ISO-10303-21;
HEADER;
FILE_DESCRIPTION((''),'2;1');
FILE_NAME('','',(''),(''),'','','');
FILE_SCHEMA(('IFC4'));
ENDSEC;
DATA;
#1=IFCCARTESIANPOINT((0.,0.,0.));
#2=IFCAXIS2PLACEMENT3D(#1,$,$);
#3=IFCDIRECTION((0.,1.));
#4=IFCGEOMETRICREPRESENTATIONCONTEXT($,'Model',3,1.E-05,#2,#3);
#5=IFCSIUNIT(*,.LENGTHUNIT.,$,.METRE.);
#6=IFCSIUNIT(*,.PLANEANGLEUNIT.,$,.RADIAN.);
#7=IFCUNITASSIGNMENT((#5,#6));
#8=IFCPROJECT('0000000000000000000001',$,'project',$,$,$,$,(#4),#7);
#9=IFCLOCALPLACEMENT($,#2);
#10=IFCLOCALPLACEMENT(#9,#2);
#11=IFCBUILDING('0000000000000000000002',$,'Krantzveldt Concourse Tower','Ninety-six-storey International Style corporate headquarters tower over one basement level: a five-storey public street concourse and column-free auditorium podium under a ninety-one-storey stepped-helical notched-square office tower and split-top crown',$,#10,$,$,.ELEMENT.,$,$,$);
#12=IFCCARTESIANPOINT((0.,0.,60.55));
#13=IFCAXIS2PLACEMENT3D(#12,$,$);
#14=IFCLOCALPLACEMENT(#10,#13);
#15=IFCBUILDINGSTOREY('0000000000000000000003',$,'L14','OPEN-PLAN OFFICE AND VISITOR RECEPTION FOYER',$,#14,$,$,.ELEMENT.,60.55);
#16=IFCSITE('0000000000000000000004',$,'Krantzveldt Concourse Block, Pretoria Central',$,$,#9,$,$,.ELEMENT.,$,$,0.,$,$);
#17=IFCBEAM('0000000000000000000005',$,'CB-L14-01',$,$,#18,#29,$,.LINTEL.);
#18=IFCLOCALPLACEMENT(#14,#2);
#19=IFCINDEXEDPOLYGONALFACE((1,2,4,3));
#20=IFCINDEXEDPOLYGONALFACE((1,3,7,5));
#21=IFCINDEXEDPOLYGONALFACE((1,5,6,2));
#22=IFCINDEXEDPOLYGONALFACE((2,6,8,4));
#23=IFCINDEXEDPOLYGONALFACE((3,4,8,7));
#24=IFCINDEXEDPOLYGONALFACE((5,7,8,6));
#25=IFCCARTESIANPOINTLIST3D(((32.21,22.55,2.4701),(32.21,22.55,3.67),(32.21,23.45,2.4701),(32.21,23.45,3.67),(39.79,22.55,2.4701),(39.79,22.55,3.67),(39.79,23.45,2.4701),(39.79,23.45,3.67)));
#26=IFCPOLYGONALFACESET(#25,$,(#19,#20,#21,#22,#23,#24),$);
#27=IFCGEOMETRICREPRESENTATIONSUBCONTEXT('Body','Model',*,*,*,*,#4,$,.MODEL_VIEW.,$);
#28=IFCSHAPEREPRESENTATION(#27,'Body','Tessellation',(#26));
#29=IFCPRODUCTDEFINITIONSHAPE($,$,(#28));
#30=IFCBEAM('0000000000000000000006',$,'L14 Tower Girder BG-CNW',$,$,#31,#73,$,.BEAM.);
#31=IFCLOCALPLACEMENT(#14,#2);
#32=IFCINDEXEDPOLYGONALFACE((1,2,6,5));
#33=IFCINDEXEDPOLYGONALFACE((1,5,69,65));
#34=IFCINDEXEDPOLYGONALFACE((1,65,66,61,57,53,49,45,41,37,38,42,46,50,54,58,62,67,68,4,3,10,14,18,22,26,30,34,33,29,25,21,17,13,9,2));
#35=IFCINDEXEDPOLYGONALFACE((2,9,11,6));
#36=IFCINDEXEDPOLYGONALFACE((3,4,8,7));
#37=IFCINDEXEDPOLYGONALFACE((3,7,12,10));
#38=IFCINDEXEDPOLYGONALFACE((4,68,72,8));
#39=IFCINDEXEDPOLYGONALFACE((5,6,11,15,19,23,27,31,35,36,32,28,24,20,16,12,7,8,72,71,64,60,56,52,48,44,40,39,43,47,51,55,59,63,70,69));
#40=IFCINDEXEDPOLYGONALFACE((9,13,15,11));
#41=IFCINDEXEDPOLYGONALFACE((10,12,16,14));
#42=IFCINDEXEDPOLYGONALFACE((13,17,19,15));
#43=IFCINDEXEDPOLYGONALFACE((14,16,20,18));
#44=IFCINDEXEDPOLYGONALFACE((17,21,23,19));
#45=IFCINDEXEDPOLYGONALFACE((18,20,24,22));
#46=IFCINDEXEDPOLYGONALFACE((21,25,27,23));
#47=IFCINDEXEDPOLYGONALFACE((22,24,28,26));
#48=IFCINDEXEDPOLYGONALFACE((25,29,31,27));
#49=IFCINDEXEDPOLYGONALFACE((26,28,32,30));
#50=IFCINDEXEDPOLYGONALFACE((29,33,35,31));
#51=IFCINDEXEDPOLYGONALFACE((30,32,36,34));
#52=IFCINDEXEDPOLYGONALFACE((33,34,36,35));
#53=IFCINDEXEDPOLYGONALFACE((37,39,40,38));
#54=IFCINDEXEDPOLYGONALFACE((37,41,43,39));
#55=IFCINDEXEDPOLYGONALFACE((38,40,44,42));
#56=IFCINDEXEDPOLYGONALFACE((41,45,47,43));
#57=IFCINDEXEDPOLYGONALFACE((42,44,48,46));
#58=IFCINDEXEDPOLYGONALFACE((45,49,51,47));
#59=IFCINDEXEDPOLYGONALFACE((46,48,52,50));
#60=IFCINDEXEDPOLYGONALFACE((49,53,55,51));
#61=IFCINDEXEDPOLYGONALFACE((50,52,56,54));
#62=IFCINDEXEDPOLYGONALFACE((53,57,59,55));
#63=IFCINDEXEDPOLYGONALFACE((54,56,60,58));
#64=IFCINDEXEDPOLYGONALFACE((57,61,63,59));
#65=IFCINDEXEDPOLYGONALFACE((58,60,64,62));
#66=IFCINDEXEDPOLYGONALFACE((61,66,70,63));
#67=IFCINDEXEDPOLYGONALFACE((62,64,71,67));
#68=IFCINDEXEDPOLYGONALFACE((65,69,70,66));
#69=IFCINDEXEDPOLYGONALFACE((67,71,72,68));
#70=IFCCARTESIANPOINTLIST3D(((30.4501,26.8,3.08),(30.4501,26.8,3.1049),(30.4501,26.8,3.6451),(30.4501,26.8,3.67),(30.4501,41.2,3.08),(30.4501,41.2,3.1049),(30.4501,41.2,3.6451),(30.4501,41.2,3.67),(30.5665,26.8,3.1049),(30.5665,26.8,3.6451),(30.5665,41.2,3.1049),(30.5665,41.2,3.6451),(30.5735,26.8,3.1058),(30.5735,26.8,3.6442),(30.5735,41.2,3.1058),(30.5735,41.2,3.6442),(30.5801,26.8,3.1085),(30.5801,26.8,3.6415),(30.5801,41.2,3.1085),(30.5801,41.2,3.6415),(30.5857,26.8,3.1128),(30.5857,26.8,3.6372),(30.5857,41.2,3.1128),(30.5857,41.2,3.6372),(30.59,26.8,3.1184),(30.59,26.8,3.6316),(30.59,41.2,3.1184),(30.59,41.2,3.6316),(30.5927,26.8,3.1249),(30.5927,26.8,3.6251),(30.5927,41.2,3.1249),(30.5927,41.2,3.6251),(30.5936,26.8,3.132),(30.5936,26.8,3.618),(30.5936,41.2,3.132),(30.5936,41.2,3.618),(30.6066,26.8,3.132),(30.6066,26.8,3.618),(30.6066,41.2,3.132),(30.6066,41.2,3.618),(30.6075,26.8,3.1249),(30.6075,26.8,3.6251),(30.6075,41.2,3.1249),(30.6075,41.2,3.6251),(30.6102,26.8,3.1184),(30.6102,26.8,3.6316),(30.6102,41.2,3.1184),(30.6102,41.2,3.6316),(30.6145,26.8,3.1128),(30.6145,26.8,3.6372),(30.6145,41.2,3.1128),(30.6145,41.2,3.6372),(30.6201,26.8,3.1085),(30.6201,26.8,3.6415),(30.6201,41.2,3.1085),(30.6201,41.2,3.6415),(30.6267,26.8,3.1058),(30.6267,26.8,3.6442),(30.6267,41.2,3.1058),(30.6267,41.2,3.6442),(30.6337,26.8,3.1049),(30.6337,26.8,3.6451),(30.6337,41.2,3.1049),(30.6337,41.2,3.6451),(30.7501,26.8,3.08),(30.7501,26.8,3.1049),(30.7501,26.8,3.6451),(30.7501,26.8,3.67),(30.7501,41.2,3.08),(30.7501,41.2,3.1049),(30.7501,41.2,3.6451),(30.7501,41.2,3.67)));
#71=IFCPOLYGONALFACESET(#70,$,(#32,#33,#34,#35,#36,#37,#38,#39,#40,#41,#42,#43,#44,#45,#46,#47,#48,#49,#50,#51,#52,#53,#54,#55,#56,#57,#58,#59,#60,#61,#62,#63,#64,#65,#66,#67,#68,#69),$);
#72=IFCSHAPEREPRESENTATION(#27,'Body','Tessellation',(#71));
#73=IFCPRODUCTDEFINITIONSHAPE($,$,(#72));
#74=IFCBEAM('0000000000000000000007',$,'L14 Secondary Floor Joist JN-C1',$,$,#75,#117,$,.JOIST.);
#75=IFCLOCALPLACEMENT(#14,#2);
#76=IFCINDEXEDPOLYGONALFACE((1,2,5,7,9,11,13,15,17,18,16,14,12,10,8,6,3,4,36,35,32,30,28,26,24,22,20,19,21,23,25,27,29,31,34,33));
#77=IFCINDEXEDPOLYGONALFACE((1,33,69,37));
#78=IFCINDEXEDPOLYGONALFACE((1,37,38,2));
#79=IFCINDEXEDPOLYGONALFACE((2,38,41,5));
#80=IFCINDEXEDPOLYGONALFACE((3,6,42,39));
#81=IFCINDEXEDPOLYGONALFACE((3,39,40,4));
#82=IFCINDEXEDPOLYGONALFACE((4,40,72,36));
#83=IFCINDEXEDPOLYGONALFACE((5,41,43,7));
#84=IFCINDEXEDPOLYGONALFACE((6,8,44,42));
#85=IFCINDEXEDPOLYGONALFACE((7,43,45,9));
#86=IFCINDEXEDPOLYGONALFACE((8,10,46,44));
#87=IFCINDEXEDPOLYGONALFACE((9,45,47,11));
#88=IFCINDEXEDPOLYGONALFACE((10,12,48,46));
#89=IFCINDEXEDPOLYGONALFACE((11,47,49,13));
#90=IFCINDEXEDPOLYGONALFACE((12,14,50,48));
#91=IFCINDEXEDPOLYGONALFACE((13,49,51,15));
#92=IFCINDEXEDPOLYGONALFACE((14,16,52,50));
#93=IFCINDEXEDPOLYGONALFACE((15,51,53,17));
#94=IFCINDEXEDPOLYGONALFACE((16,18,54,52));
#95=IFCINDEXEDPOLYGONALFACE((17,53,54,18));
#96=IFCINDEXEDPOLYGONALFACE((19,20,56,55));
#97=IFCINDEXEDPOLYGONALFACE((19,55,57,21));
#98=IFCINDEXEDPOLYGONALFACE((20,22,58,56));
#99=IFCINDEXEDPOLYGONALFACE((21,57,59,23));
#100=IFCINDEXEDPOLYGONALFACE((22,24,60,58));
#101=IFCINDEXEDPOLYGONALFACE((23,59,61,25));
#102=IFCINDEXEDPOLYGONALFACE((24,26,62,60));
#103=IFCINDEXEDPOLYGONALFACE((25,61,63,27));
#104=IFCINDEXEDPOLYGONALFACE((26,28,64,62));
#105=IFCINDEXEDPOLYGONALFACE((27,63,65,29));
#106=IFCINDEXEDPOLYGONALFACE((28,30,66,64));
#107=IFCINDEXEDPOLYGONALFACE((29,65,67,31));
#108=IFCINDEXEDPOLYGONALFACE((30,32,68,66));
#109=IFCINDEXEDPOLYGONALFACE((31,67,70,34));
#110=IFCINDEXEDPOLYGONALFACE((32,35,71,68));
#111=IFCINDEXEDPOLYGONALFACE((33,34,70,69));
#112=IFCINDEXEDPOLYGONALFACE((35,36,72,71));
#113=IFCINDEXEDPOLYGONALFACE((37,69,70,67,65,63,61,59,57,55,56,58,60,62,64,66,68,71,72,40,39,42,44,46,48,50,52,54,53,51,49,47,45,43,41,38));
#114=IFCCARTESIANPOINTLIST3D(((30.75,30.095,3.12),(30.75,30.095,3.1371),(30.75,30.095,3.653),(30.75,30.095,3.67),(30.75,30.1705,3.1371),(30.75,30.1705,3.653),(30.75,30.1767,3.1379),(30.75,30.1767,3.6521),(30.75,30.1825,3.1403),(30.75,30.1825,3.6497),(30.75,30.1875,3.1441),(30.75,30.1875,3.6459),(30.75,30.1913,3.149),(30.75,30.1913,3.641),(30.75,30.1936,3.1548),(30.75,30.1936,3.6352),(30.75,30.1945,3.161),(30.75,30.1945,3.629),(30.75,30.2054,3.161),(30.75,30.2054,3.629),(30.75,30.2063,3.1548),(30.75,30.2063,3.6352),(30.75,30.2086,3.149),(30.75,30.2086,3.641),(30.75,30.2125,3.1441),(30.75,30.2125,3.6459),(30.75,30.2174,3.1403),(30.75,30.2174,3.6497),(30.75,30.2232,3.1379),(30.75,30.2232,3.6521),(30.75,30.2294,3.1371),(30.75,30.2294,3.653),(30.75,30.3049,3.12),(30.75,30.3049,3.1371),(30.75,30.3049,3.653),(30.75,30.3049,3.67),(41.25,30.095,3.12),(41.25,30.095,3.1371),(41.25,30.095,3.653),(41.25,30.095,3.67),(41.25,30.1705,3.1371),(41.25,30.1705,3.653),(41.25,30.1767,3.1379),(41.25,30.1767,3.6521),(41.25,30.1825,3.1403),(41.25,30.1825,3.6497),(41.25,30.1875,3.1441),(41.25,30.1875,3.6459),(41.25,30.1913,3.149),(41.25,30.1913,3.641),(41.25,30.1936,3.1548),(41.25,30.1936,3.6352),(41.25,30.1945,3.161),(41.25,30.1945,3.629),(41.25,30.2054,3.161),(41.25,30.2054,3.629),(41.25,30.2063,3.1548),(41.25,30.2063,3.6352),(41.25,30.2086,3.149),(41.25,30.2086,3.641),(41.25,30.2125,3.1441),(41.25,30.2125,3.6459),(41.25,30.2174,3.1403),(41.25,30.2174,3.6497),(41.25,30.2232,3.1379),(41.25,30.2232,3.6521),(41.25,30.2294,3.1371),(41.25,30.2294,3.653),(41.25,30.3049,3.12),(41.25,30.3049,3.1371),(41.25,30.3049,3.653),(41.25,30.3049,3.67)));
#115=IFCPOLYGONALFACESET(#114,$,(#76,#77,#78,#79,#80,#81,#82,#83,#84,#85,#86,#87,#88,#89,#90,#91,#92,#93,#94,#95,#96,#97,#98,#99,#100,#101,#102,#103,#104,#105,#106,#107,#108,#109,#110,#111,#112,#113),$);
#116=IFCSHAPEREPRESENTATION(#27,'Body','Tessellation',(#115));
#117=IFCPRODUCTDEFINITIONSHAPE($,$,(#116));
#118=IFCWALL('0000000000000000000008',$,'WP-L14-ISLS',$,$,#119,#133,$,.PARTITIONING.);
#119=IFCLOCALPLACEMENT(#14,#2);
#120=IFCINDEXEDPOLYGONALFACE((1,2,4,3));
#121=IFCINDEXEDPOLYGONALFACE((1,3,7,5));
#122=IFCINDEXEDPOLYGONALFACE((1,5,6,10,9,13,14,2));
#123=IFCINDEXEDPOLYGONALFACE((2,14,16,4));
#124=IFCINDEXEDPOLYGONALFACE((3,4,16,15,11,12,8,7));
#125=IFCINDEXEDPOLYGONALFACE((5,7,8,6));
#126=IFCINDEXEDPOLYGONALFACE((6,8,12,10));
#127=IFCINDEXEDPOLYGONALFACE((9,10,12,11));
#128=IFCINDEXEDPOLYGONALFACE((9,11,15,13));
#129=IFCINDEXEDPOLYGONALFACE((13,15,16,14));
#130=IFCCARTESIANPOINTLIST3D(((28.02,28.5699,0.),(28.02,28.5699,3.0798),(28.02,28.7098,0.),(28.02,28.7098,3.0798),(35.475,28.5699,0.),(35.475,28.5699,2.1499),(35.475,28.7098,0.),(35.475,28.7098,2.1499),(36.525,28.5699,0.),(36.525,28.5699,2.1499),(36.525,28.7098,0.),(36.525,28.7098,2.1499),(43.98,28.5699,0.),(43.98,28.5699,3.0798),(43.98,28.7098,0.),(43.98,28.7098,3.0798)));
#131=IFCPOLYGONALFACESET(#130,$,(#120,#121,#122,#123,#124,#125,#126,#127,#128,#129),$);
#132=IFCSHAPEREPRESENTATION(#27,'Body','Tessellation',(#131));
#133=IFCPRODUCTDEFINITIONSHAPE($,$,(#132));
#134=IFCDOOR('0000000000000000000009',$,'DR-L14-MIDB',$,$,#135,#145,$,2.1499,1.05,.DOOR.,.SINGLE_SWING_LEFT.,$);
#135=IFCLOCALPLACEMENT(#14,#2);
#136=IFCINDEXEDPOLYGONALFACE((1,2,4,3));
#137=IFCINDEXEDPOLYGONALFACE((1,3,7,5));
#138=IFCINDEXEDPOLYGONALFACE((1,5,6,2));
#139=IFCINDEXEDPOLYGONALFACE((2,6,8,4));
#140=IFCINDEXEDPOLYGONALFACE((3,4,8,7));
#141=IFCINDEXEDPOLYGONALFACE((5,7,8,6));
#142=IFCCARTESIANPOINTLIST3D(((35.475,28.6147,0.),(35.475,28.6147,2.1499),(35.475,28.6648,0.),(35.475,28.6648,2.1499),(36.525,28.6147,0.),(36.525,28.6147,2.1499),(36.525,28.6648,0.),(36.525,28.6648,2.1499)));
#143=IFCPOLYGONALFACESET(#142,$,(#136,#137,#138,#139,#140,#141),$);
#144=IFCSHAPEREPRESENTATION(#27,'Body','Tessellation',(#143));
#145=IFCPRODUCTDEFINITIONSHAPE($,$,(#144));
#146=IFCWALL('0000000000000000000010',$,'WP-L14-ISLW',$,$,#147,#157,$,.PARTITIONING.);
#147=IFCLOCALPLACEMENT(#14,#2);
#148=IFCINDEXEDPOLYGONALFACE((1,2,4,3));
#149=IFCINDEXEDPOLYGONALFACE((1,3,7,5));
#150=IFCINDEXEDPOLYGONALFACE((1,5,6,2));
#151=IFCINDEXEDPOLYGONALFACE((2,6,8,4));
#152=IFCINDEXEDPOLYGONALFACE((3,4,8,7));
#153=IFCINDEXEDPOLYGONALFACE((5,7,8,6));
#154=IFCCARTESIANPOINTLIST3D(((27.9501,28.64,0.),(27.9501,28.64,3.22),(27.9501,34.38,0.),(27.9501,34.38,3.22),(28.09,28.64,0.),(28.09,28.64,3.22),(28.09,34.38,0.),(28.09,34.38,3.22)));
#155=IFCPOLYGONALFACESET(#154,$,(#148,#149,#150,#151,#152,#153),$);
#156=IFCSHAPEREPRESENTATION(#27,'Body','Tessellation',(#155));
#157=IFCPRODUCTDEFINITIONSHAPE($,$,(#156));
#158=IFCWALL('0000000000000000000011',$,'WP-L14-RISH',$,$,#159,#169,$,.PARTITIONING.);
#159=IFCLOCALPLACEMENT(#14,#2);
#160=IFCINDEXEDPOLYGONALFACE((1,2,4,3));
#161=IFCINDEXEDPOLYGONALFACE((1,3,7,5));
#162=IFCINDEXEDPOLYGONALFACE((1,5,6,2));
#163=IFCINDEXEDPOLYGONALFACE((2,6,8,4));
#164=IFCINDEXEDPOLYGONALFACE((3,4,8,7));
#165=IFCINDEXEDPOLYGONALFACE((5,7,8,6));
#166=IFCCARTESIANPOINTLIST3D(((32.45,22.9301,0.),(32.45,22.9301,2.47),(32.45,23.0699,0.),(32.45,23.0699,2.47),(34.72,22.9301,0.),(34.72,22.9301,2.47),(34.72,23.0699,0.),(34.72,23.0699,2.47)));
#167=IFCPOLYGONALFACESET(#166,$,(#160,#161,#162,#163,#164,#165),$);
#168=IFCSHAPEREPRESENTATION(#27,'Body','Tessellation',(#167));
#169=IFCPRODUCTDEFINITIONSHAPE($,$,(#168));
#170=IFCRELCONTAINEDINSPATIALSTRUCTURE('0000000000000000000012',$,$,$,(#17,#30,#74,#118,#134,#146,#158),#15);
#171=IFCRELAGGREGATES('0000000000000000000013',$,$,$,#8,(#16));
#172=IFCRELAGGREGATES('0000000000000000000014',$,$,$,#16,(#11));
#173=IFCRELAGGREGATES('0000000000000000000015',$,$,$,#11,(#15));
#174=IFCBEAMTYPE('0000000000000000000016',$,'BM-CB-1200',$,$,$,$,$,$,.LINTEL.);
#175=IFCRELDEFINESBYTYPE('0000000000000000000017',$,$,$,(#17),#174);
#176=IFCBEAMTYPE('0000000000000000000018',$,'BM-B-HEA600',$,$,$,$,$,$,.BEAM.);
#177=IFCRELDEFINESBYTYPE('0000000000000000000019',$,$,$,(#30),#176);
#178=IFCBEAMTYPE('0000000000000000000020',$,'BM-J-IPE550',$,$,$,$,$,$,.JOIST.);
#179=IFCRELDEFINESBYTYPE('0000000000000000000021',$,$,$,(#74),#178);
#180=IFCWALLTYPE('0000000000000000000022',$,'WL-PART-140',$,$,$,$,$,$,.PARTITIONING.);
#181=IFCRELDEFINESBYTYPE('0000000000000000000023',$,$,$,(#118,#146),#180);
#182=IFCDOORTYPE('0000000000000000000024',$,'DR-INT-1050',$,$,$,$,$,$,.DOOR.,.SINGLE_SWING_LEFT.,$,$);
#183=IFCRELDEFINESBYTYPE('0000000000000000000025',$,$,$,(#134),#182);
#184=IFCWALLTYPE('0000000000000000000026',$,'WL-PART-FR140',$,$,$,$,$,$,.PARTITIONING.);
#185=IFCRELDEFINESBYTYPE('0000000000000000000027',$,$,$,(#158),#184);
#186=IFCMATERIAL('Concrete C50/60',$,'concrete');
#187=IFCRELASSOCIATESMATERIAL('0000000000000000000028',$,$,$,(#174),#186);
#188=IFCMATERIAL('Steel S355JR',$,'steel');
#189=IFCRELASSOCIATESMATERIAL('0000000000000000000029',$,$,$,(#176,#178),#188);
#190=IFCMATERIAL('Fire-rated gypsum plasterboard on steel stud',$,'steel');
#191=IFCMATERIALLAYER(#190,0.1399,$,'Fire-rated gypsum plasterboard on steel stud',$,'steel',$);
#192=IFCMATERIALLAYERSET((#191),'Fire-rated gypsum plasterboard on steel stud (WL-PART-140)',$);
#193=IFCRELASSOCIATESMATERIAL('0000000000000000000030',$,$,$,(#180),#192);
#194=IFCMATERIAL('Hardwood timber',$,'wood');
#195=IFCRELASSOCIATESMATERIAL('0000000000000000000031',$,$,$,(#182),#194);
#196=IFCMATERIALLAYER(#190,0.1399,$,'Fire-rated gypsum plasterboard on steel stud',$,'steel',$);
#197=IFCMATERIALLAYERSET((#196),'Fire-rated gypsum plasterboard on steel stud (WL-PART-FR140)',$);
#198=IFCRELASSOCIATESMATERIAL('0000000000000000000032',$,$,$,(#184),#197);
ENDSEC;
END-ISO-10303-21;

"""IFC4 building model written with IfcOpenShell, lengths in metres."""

from ifc_helpers import new_model, si_unit, direction, frame, frame_2d, origin, origin_2d, place, context, subcontext, project, spatial, rectangle, i_section, extrude, source, transform, mapped, material, layer, layer_set, material_profile, profile_set, type_object, type_shapes, element, fill, save


model = new_model("IFC4")

# Units and contexts
model_context = context("Model", 3, precision=1e-05, world=origin(), true_north=direction((0.0, 1.0)))
body_context = subcontext(model_context, "Body", "Model", "MODEL_VIEW")
ifc_project = project(units=[si_unit("LENGTHUNIT", "METRE"), si_unit("PLANEANGLEUNIT", "RADIAN")], contexts=[model_context])

# Site, building, storey
site_placement = place(None, origin())
site = spatial("IfcSite", under=ifc_project, at=site_placement, Name="Krantzveldt Concourse Block, Pretoria Central", CompositionType="ELEMENT", RefElevation=0.0)
building_placement = place(site_placement, origin())
building = spatial("IfcBuilding", under=site, at=building_placement, Name="Krantzveldt Concourse Tower", Description="Ninety-six-storey International Style corporate headquarters tower over one basement level: a five-storey public street concourse and column-free auditorium podium under a ninety-one-storey stepped-helical notched-square office tower and split-top crown", CompositionType="ELEMENT")
storey_placement = place(building_placement, frame((0.0, 0.0, 60.55)))
storey = spatial("IfcBuildingStorey", under=building, at=storey_placement, Name="L14", Description="OPEN-PLAN OFFICE AND VISITOR RECEPTION FOYER", CompositionType="ELEMENT", Elevation=60.55)

# Beams
ifc_material_1 = material(Name="Concrete C50/60", Category="concrete")
ifc_material_profile_1 = material_profile(ifc_material_1, rectangle(XDim=0.8999, YDim=1.2, at=origin_2d()), Name="Concrete C50/60", Category="concrete")
ifc_profile_set_1 = profile_set([ifc_material_profile_1], Name="Concrete C50/60 - RC-CB 900x1200")
beam_type_1 = type_object("IfcBeamType", Name="BM-CB-1200", PredefinedType="LINTEL", material=ifc_profile_set_1)
shared_shape_1 = source(origin(), body_context, "Body", "SweptSolid", [
    extrude(rectangle(XDim=0.8999, YDim=1.2, at=origin_2d()), origin(), (0.0, 0.0, 1.0), 7.5801),
])
type_shapes(beam_type_1, [shared_shape_1])
beam_1_placement = place(storey_placement, frame((32.21, 23.0, 3.0701), z_axis=(1.0, 0.0, 0.0), x_axis=(0.0, 1.0, 0.0)))
element("IfcBeam", 1, at=beam_1_placement, inside=storey, type_object=beam_type_1, Name="CB-L14-01", PredefinedType="LINTEL", context=body_context, shape_type="MappedRepresentation", body=[
    mapped(shared_shape_1, transform((0.0, 0.0, 0.0), x_axis=(1.0, 0.0, 0.0), y_axis=(0.0, 1.0, 0.0), z_axis=(0.0, 0.0, 1.0), scale=1.0)),
])
ifc_material_2 = material(Name="Steel S355JR", Category="steel")
ifc_material_profile_2 = material_profile(ifc_material_2, i_section(OverallWidth=0.3, OverallDepth=0.5901, WebThickness=0.0129, FlangeThickness=0.0249, FilletRadius=0.0271, at=origin_2d()), Name="Steel S355JR", Category="steel")
ifc_profile_set_2 = profile_set([ifc_material_profile_2], Name="Steel S355JR - HEA 600")
beam_type_2 = type_object("IfcBeamType", Name="BM-B-HEA600", PredefinedType="BEAM", material=ifc_profile_set_2)
shared_shape_2 = source(origin(), body_context, "Body", "SweptSolid", [
    extrude(i_section(OverallWidth=0.3, OverallDepth=0.5901, WebThickness=0.0129, FlangeThickness=0.0249, FilletRadius=0.0271, at=origin_2d()), origin(), (0.0, 0.0, 1.0), 14.3999),
])
type_shapes(beam_type_2, [shared_shape_2])
beam_2_placement = place(storey_placement, frame((30.6001, 26.8, 3.375), z_axis=(0.0, 1.0, 0.0), x_axis=(-1.0, 0.0, 0.0)))
element("IfcBeam", 2, at=beam_2_placement, inside=storey, type_object=beam_type_2, Name="L14 Tower Girder BG-CNW", PredefinedType="BEAM", context=body_context, shape_type="MappedRepresentation", body=[
    mapped(shared_shape_2, transform((0.0, 0.0, 0.0), x_axis=(1.0, 0.0, 0.0), y_axis=(0.0, 1.0, 0.0), z_axis=(0.0, 0.0, 1.0), scale=1.0)),
])
ifc_material_profile_3 = material_profile(ifc_material_2, i_section(OverallWidth=0.21, OverallDepth=0.55, WebThickness=0.011, FlangeThickness=0.0171, FilletRadius=0.0239, at=origin_2d()), Name="Steel S355JR", Category="steel")
ifc_profile_set_3 = profile_set([ifc_material_profile_3], Name="Steel S355JR - IPE 550")
beam_type_3 = type_object("IfcBeamType", Name="BM-J-IPE550", PredefinedType="JOIST", material=ifc_profile_set_3)
shared_shape_3 = source(origin(), body_context, "Body", "SweptSolid", [
    extrude(i_section(OverallWidth=0.21, OverallDepth=0.55, WebThickness=0.011, FlangeThickness=0.0171, FilletRadius=0.0239, at=origin_2d()), origin(), (0.0, 0.0, 1.0), 10.5),
])
type_shapes(beam_type_3, [shared_shape_3])
beam_3_placement = place(storey_placement, frame((30.75, 30.2, 3.395), z_axis=(1.0, 0.0, 0.0), x_axis=(0.0, 1.0, 0.0)))
element("IfcBeam", 3, at=beam_3_placement, inside=storey, type_object=beam_type_3, Name="L14 Secondary Floor Joist JN-C1", PredefinedType="JOIST", context=body_context, shape_type="MappedRepresentation", body=[
    mapped(shared_shape_3, transform((0.0, 0.0, 0.0), x_axis=(1.0, 0.0, 0.0), y_axis=(0.0, 1.0, 0.0), z_axis=(0.0, 0.0, 1.0), scale=1.0)),
])

# Wall, opening, door
ifc_material_3 = material(Name="Fire-rated gypsum plasterboard on steel stud", Category="steel")
ifc_layer_1 = layer(ifc_material_3, 0.1399, Name="Fire-rated gypsum plasterboard on steel stud", Category="steel")
ifc_layer_set_1 = layer_set([ifc_layer_1], Name="Fire-rated gypsum plasterboard on steel stud (WL-PART-140)")
wall_type_1 = type_object("IfcWallType", Name="WL-PART-140", PredefinedType="PARTITIONING", material=ifc_layer_set_1)
wall_1_placement = place(storey_placement, frame((28.02, 28.6399, 0.0), z_axis=(0.0, 0.0, 1.0), x_axis=(1.0, 0.0, 0.0)))
wall_1 = element("IfcWall", 4, at=wall_1_placement, inside=storey, type_object=wall_type_1, Name="WP-L14-ISLS", PredefinedType="PARTITIONING", context=body_context, shape_type="SweptSolid", body=[
    extrude(rectangle(XDim=15.96, YDim=0.1399, at=frame_2d((7.98, 0.0))), origin(), (0.0, 0.0, 1.0), 3.0798),
])
opening_1_placement = place(wall_1_placement, frame((7.4551, 0.0, 0.0)))
opening_1 = element("IfcOpeningElement", 5, at=opening_1_placement, cuts=wall_1, PredefinedType="OPENING", context=body_context, shape_type="SweptSolid", body=[
    extrude(rectangle(XDim=1.05, YDim=2.1499, at=frame_2d((0.5249, 1.075))), frame((0.0, 0.0801, 0.0), z_axis=(0.0, -1.0, 0.0), x_axis=(1.0, 0.0, 0.0)), (0.0, 0.0, 1.0), 0.1599),
])
ifc_material_4 = material(Name="Hardwood timber", Category="wood")
door_type_1 = type_object("IfcDoorType", Name="DR-INT-1050", OperationType="SINGLE_SWING_LEFT", PredefinedType="DOOR", material=ifc_material_4)
door_1_placement = place(opening_1_placement, origin())
door_1 = element("IfcDoor", 6, at=door_1_placement, inside=storey, type_object=door_type_1, Name="DR-L14-MIDB", OperationType="SINGLE_SWING_LEFT", OverallHeight=2.1499, OverallWidth=1.05, PredefinedType="DOOR", context=body_context, shape_type="SweptSolid", body=[
    extrude(rectangle(XDim=1.05, YDim=2.1499, at=frame_2d((0.5249, 1.075))), frame((0.0, 0.0249, 0.0), z_axis=(0.0, -1.0, 0.0), x_axis=(1.0, 0.0, 0.0)), (0.0, 0.0, 1.0), 0.05),
])
fill(opening_1, door_1)

# Walls
wall_2_placement = place(storey_placement, frame((28.02, 28.6399, 0.0), z_axis=(0.0, 0.0, 1.0), x_axis=(0.0, 1.0, 0.0)))
element("IfcWall", 7, at=wall_2_placement, inside=storey, type_object=wall_type_1, Name="WP-L14-ISLW", PredefinedType="PARTITIONING", context=body_context, shape_type="SweptSolid", body=[
    extrude(rectangle(XDim=5.74, YDim=0.1399, at=frame_2d((2.8701, 0.0))), origin(), (0.0, 0.0, 1.0), 3.22),
])
ifc_layer_2 = layer(ifc_material_3, 0.1399, Name="Fire-rated gypsum plasterboard on steel stud", Category="steel")
ifc_layer_set_2 = layer_set([ifc_layer_2], Name="Fire-rated gypsum plasterboard on steel stud (WL-PART-FR140)")
wall_type_2 = type_object("IfcWallType", Name="WL-PART-FR140", PredefinedType="PARTITIONING", material=ifc_layer_set_2)
wall_3_placement = place(storey_placement, frame((32.45, 23.0, 0.0), z_axis=(0.0, 0.0, 1.0), x_axis=(1.0, 0.0, 0.0)))
element("IfcWall", 8, at=wall_3_placement, inside=storey, type_object=wall_type_2, Name="WP-L14-RISH", PredefinedType="PARTITIONING", context=body_context, shape_type="SweptSolid", body=[
    extrude(rectangle(XDim=2.27, YDim=0.1399, at=frame_2d((1.135, 0.0))), origin(), (0.0, 0.0, 1.0), 2.47),
])

save(model, "model.ifc")
